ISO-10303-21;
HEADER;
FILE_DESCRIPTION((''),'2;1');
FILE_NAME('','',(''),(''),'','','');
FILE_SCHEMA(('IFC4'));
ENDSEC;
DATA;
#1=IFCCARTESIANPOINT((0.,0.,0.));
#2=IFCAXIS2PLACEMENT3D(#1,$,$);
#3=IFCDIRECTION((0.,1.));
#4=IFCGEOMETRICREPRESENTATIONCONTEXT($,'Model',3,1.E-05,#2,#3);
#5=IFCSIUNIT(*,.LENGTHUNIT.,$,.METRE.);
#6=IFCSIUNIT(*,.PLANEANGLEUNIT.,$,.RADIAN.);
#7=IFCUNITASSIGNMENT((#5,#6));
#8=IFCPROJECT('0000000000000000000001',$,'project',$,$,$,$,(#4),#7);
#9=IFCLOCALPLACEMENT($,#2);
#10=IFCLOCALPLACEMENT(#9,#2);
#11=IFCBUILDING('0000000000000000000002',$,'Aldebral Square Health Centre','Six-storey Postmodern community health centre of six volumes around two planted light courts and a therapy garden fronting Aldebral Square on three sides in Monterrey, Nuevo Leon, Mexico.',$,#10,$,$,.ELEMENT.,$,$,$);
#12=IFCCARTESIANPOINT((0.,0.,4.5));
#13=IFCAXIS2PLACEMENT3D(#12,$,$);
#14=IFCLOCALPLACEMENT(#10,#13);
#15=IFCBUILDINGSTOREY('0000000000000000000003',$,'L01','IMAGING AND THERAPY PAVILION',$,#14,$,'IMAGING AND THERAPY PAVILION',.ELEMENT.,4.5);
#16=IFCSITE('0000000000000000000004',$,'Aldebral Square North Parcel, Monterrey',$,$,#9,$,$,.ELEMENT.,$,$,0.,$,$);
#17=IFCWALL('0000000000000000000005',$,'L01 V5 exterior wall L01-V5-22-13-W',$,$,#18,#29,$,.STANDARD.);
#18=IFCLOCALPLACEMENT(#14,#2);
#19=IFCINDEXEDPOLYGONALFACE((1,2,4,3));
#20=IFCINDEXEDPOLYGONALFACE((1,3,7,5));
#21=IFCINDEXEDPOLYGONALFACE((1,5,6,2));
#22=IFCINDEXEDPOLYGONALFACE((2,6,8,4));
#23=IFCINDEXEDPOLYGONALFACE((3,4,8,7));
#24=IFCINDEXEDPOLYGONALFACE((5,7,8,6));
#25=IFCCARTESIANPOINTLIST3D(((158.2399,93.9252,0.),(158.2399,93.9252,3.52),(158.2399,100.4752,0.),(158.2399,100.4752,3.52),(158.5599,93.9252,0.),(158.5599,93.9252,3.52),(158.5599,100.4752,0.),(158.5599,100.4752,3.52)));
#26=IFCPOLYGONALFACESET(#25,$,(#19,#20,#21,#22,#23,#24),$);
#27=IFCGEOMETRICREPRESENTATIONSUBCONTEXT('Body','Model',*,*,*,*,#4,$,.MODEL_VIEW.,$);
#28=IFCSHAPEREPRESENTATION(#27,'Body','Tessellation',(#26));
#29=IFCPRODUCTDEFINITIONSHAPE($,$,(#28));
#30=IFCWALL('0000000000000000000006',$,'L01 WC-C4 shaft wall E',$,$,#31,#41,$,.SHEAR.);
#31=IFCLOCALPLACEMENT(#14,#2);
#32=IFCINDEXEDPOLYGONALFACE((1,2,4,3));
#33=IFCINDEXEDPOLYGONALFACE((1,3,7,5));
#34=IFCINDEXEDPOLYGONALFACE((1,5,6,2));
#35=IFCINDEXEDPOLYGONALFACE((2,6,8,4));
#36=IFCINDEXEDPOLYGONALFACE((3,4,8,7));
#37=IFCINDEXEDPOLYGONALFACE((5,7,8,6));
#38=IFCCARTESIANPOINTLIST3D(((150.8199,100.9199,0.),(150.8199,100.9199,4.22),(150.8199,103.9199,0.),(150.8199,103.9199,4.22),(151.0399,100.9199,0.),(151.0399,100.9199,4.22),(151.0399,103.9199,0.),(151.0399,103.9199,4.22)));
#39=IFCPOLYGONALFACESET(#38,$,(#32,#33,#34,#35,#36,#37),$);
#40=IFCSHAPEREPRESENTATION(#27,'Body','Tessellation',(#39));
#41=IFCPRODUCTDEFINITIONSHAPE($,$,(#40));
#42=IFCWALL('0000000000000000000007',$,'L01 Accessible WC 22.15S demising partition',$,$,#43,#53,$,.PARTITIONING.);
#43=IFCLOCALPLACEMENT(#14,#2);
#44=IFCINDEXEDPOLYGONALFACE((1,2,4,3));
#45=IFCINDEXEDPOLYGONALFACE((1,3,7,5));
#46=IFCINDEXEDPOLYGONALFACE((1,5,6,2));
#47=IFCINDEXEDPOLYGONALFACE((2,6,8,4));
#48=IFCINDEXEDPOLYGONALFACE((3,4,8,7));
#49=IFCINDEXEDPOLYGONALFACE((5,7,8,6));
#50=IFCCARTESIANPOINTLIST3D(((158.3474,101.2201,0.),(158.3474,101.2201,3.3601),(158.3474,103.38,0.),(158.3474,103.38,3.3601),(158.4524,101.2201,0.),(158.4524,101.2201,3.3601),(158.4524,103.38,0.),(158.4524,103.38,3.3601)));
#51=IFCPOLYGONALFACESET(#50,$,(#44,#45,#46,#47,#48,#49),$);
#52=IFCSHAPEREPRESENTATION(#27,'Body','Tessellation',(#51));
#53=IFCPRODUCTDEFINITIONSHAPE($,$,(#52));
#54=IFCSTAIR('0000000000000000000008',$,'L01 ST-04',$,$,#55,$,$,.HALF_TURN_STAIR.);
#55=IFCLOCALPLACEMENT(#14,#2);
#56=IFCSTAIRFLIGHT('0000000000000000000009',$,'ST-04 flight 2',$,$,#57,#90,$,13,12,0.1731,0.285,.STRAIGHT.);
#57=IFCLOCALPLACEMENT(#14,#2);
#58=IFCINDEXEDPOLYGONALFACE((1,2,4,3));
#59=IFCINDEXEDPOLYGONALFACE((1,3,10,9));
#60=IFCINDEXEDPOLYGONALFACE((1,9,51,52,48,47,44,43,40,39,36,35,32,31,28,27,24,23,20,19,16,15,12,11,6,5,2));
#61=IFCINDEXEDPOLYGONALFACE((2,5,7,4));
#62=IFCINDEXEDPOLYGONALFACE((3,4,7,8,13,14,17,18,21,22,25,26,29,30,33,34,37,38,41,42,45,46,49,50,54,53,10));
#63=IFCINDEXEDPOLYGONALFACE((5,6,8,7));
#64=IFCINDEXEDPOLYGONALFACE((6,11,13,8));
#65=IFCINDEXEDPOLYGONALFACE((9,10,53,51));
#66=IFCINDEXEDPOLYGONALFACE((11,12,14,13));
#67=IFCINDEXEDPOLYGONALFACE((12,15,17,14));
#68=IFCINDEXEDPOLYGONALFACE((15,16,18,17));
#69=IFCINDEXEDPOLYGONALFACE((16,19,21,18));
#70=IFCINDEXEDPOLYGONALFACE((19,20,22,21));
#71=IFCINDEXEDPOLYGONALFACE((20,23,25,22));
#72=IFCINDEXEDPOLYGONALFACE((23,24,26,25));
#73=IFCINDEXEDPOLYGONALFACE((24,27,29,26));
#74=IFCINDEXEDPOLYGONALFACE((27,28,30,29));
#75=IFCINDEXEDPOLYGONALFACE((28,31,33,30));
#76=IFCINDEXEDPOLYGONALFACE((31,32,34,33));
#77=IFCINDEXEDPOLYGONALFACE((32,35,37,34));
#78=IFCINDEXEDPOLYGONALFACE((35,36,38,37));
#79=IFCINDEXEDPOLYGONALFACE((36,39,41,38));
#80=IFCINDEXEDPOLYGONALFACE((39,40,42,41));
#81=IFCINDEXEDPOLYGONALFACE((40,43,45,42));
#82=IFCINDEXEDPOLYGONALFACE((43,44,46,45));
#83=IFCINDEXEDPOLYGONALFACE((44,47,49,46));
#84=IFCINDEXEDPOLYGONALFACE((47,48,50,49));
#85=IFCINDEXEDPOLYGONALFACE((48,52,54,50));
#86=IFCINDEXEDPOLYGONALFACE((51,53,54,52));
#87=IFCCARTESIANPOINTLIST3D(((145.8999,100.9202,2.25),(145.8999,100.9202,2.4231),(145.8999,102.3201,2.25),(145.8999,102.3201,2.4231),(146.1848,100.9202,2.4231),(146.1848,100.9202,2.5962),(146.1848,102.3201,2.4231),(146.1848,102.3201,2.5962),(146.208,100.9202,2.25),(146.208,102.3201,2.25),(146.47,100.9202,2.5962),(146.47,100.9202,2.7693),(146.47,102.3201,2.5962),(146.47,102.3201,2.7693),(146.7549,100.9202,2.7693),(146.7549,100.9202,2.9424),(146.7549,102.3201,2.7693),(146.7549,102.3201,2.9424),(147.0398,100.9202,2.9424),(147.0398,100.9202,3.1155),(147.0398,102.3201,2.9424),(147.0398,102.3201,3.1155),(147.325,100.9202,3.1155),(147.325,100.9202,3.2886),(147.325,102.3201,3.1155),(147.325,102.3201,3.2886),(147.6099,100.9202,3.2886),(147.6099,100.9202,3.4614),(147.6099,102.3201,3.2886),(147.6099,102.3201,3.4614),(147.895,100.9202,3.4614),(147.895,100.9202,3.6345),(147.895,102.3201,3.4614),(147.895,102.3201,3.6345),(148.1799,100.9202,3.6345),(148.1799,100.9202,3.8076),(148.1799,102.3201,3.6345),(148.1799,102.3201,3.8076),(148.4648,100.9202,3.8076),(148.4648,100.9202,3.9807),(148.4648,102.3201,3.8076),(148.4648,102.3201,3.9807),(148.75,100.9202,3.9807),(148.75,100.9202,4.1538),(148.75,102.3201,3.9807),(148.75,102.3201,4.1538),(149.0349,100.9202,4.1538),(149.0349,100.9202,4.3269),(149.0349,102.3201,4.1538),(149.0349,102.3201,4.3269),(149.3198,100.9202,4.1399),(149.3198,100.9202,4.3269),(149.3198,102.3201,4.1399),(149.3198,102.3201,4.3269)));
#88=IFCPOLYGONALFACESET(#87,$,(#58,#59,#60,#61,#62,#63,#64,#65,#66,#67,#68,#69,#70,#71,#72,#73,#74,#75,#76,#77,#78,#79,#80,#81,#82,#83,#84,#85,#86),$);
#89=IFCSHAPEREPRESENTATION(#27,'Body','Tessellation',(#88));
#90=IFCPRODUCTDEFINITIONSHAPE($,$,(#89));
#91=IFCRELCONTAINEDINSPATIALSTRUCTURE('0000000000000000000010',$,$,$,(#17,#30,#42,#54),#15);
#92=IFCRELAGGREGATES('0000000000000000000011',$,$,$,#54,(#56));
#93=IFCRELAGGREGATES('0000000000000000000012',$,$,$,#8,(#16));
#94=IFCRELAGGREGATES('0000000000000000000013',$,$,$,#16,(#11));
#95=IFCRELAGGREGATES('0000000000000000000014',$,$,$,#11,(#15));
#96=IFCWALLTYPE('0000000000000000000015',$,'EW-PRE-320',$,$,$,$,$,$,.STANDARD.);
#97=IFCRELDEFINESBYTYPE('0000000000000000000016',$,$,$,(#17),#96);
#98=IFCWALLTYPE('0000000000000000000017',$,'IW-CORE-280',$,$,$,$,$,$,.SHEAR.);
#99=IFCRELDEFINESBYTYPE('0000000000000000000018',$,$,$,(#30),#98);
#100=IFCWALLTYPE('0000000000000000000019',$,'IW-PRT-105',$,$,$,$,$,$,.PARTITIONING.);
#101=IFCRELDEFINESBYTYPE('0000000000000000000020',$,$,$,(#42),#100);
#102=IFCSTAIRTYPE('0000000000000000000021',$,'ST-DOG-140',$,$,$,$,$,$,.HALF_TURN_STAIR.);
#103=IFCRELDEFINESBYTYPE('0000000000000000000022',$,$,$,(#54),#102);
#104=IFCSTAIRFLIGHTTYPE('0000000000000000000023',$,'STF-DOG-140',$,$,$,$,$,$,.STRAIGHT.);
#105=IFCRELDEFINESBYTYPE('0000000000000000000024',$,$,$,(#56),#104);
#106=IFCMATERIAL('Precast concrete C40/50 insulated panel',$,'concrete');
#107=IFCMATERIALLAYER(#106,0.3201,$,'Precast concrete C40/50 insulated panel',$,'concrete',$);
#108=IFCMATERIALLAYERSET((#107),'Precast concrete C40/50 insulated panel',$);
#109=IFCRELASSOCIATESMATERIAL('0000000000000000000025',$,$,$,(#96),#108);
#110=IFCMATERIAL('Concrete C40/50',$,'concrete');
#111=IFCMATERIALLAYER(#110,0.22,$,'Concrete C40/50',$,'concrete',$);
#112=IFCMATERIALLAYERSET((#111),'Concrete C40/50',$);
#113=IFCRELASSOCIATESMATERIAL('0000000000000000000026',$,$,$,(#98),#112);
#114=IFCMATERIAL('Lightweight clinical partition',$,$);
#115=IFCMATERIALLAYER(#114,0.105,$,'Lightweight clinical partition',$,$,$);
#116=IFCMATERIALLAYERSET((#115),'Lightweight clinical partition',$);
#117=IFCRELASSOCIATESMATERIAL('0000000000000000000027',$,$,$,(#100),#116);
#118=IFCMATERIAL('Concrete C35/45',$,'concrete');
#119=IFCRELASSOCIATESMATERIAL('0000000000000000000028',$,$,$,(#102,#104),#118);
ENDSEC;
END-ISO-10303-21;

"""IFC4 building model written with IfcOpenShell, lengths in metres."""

from ifc_helpers import new_model, si_unit, direction, frame, frame_2d, origin, place, context, subcontext, project, spatial, polyline, rectangle, outline, extrude, material, layer, layer_set, type_object, element, aggregate, save


model = new_model("IFC4")

# Units and contexts
model_context = context("Model", 3, precision=1e-05, world=origin(), true_north=direction((0.0, 1.0)))
body_context = subcontext(model_context, "Body", "Model", "MODEL_VIEW")
ifc_project = project(units=[si_unit("LENGTHUNIT", "METRE"), si_unit("PLANEANGLEUNIT", "RADIAN")], contexts=[model_context])

# Site, building, storey
site_placement = place(None, origin())
site = spatial("IfcSite", under=ifc_project, at=site_placement, Name="Aldebral Square North Parcel, Monterrey", CompositionType="ELEMENT", RefElevation=0.0)
building_placement = place(site_placement, origin())
building = spatial("IfcBuilding", under=site, at=building_placement, Name="Aldebral Square Health Centre", Description="Six-storey Postmodern community health centre of six volumes around two planted light courts and a therapy garden fronting Aldebral Square on three sides in Monterrey, Nuevo Leon, Mexico.", CompositionType="ELEMENT")
storey_placement = place(building_placement, frame((0.0, 0.0, 4.5)))
storey = spatial("IfcBuildingStorey", under=building, at=storey_placement, Name="L01", Description="IMAGING AND THERAPY PAVILION", LongName="IMAGING AND THERAPY PAVILION", CompositionType="ELEMENT", Elevation=4.5)

# Shared definitions
ifc_material_1 = material(Name="Concrete C40/50", Category="concrete")

# Walls
ifc_material_2 = material(Name="Precast concrete C40/50 insulated panel", Category="concrete")
ifc_layer_1 = layer(ifc_material_2, 0.3201, Name="Precast concrete C40/50 insulated panel", Category="concrete")
ifc_layer_set_1 = layer_set([ifc_layer_1], Name="Precast concrete C40/50 insulated panel")
wall_type_1 = type_object("IfcWallType", Name="EW-PRE-320", PredefinedType="STANDARD", material=ifc_layer_set_1)
wall_1_placement = place(storey_placement, frame((158.3999, 100.4751, 0.0), z_axis=(0.0, 0.0, 1.0), x_axis=(0.0, -1.0, 0.0)))
element("IfcWall", 1, at=wall_1_placement, inside=storey, type_object=wall_type_1, Name="L01 V5 exterior wall L01-V5-22-13-W", PredefinedType="STANDARD", context=body_context, shape_type="SweptSolid", body=[
    extrude(rectangle(XDim=6.55, YDim=0.3201, at=frame_2d((3.2749, 0.0))), origin(), (0.0, 0.0, 1.0), 3.52),
])
ifc_layer_2 = layer(ifc_material_1, 0.22, Name="Concrete C40/50", Category="concrete")
ifc_layer_set_2 = layer_set([ifc_layer_2], Name="Concrete C40/50")
wall_type_2 = type_object("IfcWallType", Name="IW-CORE-280", PredefinedType="SHEAR", material=ifc_layer_set_2)
wall_2_placement = place(storey_placement, frame((150.9299, 100.9199, 0.0), z_axis=(0.0, 0.0, 1.0), x_axis=(0.0, 1.0, 0.0)))
element("IfcWall", 2, at=wall_2_placement, inside=storey, type_object=wall_type_2, Name="L01 WC-C4 shaft wall E", PredefinedType="SHEAR", context=body_context, shape_type="SweptSolid", body=[
    extrude(rectangle(XDim=3.0, YDim=0.22, at=frame_2d((1.5, 0.0))), origin(), (0.0, 0.0, 1.0), 4.22),
])
ifc_material_3 = material(Name="Lightweight clinical partition")
ifc_layer_3 = layer(ifc_material_3, 0.105, Name="Lightweight clinical partition")
ifc_layer_set_3 = layer_set([ifc_layer_3], Name="Lightweight clinical partition")
wall_type_3 = type_object("IfcWallType", Name="IW-PRT-105", PredefinedType="PARTITIONING", material=ifc_layer_set_3)
wall_3_placement = place(storey_placement, frame((158.3999, 101.22, 0.0), z_axis=(0.0, 0.0, 1.0), x_axis=(0.0, 1.0, 0.0)))
element("IfcWall", 3, at=wall_3_placement, inside=storey, type_object=wall_type_3, Name="L01 Accessible WC 22.15S demising partition", PredefinedType="PARTITIONING", context=body_context, shape_type="SweptSolid", body=[
    extrude(rectangle(XDim=2.1599, YDim=0.105, at=frame_2d((1.0801, 0.0))), origin(), (0.0, 0.0, 1.0), 3.3601),
])

# Stair, stair flight
ifc_material_4 = material(Name="Concrete C35/45", Category="concrete")
stair_type = type_object("IfcStairType", Name="ST-DOG-140", PredefinedType="HALF_TURN_STAIR", material=ifc_material_4)
stair_placement = place(storey_placement, origin())
stair = element("IfcStair", 4, at=stair_placement, inside=storey, type_object=stair_type, Name="L01 ST-04", PredefinedType="HALF_TURN_STAIR")
stair_flight_type = type_object("IfcStairFlightType", Name="STF-DOG-140", PredefinedType="STRAIGHT", material=ifc_material_4)
stair_flight_placement = place(storey_placement, frame((145.8999, 101.6201, 2.25), z_axis=(0.0, 0.0, 1.0), x_axis=(1.0, 0.0, 0.0)))
stair_flight = element("IfcStairFlight", 5, at=stair_flight_placement, type_object=stair_flight_type, Name="ST-04 flight 2", NumberOfRisers=13, NumberOfTreads=12, PredefinedType="STRAIGHT", RiserHeight=0.1731, TreadLength=0.285, context=body_context, shape_type="SweptSolid", body=[
    extrude(outline(polyline([(0.0, 0.0), (0.0, 0.1731), (0.2849, 0.1731), (0.2849, 0.3462), (0.5701, 0.3462), (0.5701, 0.5193), (0.855, 0.5193), (0.855, 0.6924), (1.1399, 0.6924), (1.1399, 0.8655), (1.425, 0.8655), (1.425, 1.0386), (1.71, 1.0386), (1.71, 1.2114), (1.9951, 1.2114), (1.9951, 1.3845), (2.28, 1.3845), (2.28, 1.5576), (2.5649, 1.5576), (2.5649, 1.7307), (2.8501, 1.7307), (2.8501, 1.9038), (3.135, 1.9038), (3.135, 2.0769), (3.4199, 2.0769), (3.4199, 2.25), (3.4199, 1.8899), (0.3081, 0.0), (0.0, 0.0)])), frame((0.0, 0.7, 0.0), z_axis=(0.0, -1.0, 0.0), x_axis=(1.0, 0.0, 0.0)), (0.0, 0.0, 1.0), 1.3999),
])
aggregate(stair, [stair_flight])

save(model, "model.ifc")
